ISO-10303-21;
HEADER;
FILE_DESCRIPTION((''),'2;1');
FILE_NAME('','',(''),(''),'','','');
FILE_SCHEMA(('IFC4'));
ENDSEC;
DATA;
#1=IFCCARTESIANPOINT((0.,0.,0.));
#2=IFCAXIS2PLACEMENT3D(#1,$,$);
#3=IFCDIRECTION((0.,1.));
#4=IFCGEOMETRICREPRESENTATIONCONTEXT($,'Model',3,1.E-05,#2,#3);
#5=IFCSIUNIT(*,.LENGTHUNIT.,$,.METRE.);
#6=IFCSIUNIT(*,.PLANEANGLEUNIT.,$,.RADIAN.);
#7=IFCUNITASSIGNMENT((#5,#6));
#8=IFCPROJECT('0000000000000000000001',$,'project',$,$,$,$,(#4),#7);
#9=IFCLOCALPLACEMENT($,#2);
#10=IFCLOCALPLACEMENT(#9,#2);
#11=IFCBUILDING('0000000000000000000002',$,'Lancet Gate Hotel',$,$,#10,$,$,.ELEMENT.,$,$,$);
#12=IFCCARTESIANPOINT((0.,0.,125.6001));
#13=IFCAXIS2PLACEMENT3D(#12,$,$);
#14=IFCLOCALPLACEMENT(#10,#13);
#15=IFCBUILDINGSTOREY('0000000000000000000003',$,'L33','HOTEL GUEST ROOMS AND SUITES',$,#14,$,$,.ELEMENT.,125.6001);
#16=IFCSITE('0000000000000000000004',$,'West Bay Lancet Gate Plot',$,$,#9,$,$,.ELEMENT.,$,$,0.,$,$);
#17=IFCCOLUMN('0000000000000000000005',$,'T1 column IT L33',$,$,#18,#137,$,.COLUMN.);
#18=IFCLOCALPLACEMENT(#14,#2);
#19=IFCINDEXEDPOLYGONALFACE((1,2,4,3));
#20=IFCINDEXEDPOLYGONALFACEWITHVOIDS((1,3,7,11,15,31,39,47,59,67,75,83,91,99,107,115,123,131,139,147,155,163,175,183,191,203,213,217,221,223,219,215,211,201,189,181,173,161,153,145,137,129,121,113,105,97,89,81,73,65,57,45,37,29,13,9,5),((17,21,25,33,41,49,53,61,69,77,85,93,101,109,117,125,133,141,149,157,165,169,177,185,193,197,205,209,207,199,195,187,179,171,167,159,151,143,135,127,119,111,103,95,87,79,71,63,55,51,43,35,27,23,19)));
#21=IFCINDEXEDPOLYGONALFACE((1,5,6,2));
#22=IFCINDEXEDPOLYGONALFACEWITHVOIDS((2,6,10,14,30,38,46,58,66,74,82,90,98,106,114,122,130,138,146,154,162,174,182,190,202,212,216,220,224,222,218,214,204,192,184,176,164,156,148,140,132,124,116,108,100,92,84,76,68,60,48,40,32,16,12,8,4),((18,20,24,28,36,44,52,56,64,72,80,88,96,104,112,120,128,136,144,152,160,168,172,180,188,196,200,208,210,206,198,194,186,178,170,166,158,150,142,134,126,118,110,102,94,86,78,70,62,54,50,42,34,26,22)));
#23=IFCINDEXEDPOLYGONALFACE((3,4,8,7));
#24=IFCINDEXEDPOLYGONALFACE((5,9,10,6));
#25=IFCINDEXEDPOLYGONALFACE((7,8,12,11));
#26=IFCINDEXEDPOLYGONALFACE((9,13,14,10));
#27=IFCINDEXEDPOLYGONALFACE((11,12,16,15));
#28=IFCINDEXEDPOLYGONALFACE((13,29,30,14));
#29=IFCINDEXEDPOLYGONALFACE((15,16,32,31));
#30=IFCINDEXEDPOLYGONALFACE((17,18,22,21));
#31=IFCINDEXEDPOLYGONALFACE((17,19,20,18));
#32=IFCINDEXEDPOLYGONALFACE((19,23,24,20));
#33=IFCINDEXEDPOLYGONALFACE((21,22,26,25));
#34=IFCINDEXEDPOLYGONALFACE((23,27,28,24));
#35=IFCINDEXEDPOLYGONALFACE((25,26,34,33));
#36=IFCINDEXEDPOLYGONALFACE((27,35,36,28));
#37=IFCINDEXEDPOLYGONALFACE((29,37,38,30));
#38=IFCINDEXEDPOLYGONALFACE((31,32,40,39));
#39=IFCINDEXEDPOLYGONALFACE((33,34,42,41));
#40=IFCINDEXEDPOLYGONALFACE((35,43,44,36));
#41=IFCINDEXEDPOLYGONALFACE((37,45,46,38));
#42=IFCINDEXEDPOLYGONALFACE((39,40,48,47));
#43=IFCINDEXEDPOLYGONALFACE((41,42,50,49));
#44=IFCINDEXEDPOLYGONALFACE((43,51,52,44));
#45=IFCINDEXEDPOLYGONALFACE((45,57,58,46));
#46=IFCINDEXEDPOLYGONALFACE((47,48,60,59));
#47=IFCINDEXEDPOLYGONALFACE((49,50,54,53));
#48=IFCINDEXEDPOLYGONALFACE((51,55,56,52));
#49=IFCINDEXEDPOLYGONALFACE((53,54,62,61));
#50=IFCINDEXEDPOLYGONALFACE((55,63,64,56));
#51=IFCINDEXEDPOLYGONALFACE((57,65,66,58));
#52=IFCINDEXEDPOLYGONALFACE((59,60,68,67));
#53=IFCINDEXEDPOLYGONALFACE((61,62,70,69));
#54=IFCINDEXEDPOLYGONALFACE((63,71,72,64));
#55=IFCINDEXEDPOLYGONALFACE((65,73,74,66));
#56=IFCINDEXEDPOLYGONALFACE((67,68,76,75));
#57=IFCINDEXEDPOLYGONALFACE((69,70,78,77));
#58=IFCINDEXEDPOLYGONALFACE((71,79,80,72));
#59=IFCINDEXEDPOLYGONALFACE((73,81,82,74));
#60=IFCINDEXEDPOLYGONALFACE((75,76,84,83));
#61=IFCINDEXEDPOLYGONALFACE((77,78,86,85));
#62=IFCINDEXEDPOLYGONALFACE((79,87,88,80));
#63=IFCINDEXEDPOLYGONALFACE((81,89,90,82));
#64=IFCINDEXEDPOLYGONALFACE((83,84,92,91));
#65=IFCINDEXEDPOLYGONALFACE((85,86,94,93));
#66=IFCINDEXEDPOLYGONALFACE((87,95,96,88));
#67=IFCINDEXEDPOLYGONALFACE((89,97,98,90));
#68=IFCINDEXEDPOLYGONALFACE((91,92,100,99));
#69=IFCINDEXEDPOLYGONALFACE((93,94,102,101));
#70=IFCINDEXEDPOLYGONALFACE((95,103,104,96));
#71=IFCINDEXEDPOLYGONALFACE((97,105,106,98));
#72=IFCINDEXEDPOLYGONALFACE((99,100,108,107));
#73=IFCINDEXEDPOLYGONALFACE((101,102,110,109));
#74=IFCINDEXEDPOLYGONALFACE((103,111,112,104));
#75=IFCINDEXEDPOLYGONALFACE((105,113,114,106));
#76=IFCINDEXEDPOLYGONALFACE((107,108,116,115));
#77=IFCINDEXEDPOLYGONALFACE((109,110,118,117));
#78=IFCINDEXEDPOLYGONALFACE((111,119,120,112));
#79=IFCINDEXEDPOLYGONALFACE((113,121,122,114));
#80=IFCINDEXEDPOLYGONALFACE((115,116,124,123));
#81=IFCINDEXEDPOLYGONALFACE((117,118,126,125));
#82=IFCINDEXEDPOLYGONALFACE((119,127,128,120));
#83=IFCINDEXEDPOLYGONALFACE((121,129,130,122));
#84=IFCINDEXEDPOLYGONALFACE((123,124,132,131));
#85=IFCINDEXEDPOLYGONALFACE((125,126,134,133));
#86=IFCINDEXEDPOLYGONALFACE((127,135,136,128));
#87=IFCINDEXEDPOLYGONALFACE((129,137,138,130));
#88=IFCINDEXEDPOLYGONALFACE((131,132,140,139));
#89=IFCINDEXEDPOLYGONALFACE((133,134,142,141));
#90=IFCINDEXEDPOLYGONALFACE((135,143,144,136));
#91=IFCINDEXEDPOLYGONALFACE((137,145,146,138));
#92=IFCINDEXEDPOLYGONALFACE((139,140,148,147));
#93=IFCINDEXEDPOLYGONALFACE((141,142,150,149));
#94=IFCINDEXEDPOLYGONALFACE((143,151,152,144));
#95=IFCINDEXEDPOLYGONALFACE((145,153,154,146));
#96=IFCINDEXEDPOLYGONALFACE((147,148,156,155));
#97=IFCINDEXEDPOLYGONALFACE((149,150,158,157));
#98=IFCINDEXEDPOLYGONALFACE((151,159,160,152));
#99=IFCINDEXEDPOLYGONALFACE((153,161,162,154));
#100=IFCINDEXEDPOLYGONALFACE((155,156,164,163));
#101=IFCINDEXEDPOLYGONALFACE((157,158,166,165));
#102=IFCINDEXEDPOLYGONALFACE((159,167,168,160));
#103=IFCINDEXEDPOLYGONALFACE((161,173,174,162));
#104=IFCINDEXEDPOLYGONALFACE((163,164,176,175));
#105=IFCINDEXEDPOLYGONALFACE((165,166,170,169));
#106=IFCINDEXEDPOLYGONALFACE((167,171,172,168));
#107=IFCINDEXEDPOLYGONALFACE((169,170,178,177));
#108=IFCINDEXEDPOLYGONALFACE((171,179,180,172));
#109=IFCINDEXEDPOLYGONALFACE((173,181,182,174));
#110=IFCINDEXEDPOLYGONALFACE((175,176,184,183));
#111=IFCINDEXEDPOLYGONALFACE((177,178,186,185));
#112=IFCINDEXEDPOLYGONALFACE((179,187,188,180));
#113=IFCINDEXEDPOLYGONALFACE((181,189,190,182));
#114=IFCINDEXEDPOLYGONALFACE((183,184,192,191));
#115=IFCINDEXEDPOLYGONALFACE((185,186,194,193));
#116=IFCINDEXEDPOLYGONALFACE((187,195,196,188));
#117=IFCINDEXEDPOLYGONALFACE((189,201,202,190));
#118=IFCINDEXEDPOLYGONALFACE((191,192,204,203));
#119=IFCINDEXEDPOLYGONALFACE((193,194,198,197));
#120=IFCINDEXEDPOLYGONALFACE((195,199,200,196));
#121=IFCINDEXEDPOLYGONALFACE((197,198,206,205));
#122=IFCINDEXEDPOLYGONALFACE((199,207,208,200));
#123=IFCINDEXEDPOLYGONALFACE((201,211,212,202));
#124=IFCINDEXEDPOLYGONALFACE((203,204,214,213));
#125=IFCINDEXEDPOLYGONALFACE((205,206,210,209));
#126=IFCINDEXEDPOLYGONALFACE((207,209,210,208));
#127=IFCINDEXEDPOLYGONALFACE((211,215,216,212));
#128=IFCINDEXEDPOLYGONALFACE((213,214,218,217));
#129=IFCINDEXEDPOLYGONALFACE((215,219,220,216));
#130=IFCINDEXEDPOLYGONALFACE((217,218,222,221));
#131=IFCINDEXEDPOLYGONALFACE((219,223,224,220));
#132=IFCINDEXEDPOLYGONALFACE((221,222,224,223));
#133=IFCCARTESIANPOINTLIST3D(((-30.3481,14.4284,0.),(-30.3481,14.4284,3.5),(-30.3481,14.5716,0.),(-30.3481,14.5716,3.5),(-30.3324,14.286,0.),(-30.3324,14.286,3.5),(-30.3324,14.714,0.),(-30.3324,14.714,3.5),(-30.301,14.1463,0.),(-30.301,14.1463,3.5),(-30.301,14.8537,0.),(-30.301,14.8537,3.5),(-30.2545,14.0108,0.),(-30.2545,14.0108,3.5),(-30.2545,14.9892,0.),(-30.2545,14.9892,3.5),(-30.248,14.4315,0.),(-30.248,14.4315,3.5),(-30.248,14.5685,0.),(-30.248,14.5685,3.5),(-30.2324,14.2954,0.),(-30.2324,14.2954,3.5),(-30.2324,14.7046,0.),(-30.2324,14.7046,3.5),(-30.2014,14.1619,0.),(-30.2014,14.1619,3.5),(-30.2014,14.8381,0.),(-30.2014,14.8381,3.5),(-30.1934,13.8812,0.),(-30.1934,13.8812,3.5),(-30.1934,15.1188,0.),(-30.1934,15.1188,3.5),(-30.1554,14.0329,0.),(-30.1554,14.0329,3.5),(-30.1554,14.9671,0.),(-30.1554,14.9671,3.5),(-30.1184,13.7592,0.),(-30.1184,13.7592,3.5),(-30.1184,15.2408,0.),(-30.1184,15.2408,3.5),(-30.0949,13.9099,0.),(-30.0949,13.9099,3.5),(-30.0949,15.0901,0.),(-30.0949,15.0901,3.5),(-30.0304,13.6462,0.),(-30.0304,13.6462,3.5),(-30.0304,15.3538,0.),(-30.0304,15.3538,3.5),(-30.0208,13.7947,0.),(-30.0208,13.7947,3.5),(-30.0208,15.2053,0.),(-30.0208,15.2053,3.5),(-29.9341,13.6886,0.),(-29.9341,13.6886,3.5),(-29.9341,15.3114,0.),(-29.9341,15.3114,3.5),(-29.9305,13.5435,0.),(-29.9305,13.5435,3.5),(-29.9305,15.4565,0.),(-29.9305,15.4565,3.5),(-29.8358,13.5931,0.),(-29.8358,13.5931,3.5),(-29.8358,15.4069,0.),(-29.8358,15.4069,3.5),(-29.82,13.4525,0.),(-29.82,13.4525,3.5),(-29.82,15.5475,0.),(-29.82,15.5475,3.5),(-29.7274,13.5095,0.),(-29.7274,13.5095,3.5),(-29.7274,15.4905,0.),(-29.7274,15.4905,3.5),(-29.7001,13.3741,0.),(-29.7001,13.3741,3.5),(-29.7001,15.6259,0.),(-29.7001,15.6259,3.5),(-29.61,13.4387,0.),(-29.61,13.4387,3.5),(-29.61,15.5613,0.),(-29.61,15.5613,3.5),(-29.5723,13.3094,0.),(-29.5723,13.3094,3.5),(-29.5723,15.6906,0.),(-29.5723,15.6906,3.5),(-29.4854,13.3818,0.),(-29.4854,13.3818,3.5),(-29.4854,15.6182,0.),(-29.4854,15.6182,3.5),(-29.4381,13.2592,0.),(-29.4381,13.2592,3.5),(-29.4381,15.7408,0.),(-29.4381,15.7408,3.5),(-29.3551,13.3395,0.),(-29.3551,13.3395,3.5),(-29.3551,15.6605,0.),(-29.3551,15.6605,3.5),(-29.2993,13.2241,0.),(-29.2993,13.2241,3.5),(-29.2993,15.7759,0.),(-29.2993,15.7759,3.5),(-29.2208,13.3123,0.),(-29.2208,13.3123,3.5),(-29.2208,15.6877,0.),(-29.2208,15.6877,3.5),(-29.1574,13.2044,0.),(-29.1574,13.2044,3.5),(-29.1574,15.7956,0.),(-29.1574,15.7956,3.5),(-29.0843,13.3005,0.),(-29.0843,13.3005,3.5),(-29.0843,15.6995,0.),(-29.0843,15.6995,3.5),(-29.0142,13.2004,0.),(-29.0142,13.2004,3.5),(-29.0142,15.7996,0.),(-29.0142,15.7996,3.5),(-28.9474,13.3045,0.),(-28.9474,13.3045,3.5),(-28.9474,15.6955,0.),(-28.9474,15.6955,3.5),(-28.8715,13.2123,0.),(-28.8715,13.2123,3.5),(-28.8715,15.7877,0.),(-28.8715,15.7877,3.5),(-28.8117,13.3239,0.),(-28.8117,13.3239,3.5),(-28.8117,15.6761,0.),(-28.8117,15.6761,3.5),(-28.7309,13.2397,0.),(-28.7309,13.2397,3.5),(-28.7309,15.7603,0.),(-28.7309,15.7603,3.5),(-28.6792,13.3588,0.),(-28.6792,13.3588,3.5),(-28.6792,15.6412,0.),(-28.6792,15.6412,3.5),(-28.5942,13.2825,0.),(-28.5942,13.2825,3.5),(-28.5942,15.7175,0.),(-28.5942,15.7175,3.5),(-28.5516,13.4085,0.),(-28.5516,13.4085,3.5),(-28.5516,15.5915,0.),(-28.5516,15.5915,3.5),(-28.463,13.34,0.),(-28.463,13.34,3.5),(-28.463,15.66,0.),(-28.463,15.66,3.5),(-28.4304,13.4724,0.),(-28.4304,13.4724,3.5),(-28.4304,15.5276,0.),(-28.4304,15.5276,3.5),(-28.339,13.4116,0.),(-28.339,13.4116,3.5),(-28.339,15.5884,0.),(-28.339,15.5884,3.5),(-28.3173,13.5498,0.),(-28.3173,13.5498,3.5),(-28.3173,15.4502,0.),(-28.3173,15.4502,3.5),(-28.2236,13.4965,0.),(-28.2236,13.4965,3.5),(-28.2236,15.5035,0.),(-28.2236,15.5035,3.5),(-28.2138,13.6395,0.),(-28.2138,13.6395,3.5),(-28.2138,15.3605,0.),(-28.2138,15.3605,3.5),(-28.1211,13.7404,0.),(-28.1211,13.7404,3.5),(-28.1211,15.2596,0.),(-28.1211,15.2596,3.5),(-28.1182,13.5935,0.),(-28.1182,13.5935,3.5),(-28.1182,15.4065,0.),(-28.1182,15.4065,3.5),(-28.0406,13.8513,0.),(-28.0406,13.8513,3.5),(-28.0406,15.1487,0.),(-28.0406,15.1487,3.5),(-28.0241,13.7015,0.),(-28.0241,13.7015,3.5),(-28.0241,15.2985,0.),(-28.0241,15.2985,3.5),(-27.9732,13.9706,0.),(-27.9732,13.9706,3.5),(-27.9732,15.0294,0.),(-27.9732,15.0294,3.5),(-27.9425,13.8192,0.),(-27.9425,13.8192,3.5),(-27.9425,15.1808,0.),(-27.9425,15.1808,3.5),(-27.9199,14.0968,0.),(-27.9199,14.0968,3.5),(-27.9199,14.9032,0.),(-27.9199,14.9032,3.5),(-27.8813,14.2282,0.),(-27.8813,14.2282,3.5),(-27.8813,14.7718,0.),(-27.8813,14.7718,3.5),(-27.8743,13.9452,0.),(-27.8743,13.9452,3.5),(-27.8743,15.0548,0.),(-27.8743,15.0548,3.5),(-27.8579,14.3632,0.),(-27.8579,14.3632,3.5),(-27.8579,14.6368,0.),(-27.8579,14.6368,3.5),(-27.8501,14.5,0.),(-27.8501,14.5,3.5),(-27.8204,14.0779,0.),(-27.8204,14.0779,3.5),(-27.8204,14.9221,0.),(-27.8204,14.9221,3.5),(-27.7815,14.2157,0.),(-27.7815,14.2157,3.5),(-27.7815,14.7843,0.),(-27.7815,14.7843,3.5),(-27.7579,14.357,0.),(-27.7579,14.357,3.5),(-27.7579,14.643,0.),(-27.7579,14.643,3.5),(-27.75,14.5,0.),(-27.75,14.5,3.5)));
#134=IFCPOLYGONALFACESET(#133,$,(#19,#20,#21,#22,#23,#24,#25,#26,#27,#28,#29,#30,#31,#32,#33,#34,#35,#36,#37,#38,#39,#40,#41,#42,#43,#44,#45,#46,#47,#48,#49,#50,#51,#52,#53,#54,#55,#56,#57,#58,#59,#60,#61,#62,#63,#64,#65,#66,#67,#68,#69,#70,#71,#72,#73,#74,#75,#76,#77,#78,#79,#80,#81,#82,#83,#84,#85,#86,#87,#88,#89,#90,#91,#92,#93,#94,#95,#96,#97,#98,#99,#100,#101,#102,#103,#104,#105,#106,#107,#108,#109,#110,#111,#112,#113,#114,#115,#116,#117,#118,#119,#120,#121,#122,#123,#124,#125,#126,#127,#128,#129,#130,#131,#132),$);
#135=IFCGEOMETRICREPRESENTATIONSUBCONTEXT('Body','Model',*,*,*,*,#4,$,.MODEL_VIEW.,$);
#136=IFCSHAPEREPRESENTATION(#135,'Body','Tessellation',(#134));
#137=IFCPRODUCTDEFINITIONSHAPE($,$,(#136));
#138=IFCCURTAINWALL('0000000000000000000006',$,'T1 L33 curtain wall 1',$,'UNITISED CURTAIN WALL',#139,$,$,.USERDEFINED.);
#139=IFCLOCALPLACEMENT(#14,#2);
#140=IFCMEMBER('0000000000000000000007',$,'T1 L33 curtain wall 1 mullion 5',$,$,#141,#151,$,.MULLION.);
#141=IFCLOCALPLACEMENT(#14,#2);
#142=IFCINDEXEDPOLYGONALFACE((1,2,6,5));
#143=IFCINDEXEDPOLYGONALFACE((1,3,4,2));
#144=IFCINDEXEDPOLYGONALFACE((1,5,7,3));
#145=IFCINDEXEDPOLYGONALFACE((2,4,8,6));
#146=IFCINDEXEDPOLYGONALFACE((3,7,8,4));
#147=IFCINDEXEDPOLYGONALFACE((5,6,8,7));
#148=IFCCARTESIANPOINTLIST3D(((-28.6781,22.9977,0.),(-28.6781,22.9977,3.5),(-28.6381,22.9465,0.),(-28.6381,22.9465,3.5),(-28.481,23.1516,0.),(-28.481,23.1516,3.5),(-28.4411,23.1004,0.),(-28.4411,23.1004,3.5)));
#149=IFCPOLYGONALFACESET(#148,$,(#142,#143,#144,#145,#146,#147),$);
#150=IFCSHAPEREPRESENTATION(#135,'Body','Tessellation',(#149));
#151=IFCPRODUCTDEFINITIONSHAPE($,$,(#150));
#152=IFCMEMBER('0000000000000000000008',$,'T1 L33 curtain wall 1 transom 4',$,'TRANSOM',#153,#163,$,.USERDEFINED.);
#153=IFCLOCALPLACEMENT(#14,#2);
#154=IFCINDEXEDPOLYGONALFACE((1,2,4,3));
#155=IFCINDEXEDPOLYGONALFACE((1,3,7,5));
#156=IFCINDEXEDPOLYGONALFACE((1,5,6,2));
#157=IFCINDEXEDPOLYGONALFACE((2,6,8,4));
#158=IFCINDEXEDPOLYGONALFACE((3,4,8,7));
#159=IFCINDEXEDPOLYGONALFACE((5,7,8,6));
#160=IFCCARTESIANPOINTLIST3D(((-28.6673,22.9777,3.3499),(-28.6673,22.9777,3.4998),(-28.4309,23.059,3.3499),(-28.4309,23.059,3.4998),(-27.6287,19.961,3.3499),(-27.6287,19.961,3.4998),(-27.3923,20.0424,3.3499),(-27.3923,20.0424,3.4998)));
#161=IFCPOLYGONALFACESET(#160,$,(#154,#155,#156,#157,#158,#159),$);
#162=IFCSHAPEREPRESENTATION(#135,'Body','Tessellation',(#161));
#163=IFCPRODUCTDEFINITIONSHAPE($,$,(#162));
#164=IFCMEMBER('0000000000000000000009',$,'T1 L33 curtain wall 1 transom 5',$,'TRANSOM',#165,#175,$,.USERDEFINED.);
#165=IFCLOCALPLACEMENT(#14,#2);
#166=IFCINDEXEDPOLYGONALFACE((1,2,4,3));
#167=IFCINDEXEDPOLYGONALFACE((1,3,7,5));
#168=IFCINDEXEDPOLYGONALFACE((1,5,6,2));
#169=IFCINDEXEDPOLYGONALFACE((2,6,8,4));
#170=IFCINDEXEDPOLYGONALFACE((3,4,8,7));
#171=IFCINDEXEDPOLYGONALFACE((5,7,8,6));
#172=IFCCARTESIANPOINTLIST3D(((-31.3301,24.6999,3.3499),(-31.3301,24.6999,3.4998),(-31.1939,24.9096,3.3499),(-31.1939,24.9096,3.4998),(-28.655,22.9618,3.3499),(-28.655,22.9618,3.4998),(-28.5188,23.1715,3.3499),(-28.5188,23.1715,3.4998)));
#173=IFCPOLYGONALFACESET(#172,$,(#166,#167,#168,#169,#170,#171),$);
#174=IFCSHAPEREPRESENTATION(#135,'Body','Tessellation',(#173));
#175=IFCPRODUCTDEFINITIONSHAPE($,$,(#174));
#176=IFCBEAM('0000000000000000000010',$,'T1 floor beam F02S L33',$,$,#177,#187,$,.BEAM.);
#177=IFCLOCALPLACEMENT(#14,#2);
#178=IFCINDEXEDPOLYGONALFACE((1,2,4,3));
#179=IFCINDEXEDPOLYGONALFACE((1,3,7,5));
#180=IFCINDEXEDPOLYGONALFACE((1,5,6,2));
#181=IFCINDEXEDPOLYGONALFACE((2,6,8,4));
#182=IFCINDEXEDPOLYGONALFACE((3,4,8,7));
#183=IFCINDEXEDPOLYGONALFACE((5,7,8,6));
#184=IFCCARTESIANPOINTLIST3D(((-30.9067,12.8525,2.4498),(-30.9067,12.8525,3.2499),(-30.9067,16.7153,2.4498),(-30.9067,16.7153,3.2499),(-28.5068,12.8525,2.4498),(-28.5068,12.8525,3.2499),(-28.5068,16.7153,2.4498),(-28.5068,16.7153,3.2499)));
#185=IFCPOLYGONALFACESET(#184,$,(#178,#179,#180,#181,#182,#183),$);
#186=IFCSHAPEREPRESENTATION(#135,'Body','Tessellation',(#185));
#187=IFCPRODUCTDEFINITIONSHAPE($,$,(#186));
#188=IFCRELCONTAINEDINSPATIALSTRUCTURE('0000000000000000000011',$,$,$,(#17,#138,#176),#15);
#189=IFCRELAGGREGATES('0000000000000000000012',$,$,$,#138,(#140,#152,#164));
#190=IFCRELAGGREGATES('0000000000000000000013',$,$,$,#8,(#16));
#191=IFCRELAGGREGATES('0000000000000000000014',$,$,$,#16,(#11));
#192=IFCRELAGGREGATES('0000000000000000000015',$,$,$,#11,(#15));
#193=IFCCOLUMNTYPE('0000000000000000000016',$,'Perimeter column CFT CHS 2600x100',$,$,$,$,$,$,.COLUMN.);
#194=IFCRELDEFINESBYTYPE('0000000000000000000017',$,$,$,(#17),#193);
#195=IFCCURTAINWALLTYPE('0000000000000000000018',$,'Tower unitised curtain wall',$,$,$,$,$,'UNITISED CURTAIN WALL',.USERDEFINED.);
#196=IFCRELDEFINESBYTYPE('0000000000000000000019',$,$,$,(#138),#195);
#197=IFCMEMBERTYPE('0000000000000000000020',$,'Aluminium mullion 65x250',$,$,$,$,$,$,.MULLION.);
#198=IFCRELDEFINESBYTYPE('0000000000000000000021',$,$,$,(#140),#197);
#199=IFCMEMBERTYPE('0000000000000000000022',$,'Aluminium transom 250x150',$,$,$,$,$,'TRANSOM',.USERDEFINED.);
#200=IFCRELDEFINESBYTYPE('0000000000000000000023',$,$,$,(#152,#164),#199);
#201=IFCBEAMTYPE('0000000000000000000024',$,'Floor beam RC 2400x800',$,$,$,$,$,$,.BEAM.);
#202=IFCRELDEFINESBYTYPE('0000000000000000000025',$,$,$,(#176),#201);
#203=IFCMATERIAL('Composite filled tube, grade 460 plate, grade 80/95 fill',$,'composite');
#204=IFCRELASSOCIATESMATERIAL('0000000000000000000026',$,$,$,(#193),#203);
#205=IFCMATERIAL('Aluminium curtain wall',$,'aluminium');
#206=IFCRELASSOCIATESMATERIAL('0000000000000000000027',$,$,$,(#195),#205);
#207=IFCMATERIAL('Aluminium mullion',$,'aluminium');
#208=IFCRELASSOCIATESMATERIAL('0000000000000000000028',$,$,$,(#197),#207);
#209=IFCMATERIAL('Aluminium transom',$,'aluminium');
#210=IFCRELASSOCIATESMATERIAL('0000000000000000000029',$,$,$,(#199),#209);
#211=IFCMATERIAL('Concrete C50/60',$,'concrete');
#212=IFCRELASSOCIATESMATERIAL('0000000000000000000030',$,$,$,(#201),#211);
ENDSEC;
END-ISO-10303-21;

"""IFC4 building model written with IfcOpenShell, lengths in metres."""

from ifc_helpers import new_model, si_unit, direction, frame, origin, origin_2d, place, context, subcontext, project, spatial, rectangle, hollow_circle, extrude, material, material_profile, profile_set, type_object, element, aggregate, save


model = new_model("IFC4")

# Units and contexts
model_context = context("Model", 3, precision=1e-05, world=origin(), true_north=direction((0.0, 1.0)))
body_context = subcontext(model_context, "Body", "Model", "MODEL_VIEW")
ifc_project = project(units=[si_unit("LENGTHUNIT", "METRE"), si_unit("PLANEANGLEUNIT", "RADIAN")], contexts=[model_context])

# Site, building, storey
site_placement = place(None, origin())
site = spatial("IfcSite", under=ifc_project, at=site_placement, Name="West Bay Lancet Gate Plot", CompositionType="ELEMENT", RefElevation=0.0)
building_placement = place(site_placement, origin())
building = spatial("IfcBuilding", under=site, at=building_placement, Name="Lancet Gate Hotel", CompositionType="ELEMENT")
storey_placement = place(building_placement, frame((0.0, 0.0, 125.6001)))
storey = spatial("IfcBuildingStorey", under=building, at=storey_placement, Name="L33", Description="HOTEL GUEST ROOMS AND SUITES", CompositionType="ELEMENT", Elevation=125.6001)

# Column
ifc_material_1 = material(Name="Composite filled tube, grade 460 plate, grade 80/95 fill", Category="composite")
ifc_material_profile_1 = material_profile(ifc_material_1, hollow_circle(Radius=1.3, WallThickness=0.1001, at=origin_2d()), Name="CHS 2600x100")
ifc_profile_set_1 = profile_set([ifc_material_profile_1], Name="Composite filled tube, grade 460 plate, grade 80/95 fill")
column_type = type_object("IfcColumnType", Name="Perimeter column CFT CHS 2600x100", PredefinedType="COLUMN", material=ifc_profile_set_1)
for number, where, z_axis, x_axis, name in (
    (1, (-29.05, 14.5, 0.0), (0.0, 0.0, 1.0), (1.0, 0.0, 0.0), "T1 column IT L33"),
):
    element("IfcColumn", number, at=place(storey_placement, frame(where, z_axis=z_axis, x_axis=x_axis)), inside=storey, type_object=column_type, Name=name, PredefinedType="COLUMN", context=body_context, shape_type="SweptSolid", body=[
        extrude(hollow_circle(Radius=1.3, WallThickness=0.1001, at=origin_2d()), origin(), (0.0, 0.0, 1.0), 3.5),
    ])

# Curtain wall, members
ifc_material_2 = material(Name="Aluminium curtain wall", Category="aluminium")
curtain_wall_type = type_object("IfcCurtainWallType", Name="Tower unitised curtain wall", ElementType="UNITISED CURTAIN WALL", PredefinedType="USERDEFINED", material=ifc_material_2)
curtain_wall_placement = place(storey_placement, origin())
curtain_wall = element("IfcCurtainWall", 2, at=curtain_wall_placement, inside=storey, type_object=curtain_wall_type, Name="T1 L33 curtain wall 1", ObjectType="UNITISED CURTAIN WALL", PredefinedType="USERDEFINED")
ifc_material_3 = material(Name="Aluminium mullion", Category="aluminium")
ifc_material_profile_2 = material_profile(ifc_material_3, rectangle(XDim=0.0649, YDim=0.25, at=origin_2d()), Name="MULLION 65x250")
ifc_profile_set_2 = profile_set([ifc_material_profile_2], Name="Aluminium mullion")
member_type_1 = type_object("IfcMemberType", Name="Aluminium mullion 65x250", PredefinedType="MULLION", material=ifc_profile_set_2)
member_1_placement = place(storey_placement, frame((-28.5596, 23.0491, 0.0), z_axis=(0.0, 0.0, 1.0), x_axis=(-0.615574, 0.788079, 0.0)))
member_1 = element("IfcMember", 3, at=member_1_placement, type_object=member_type_1, Name="T1 L33 curtain wall 1 mullion 5", PredefinedType="MULLION", context=body_context, shape_type="SweptSolid", body=[
    extrude(rectangle(XDim=0.0649, YDim=0.25, at=origin_2d()), origin(), (0.0, 0.0, 1.0), 3.5),
])
ifc_material_4 = material(Name="Aluminium transom", Category="aluminium")
ifc_material_profile_3 = material_profile(ifc_material_4, rectangle(XDim=0.25, YDim=0.1499, at=origin_2d()), Name="TRANSOM 250x150")
ifc_profile_set_3 = profile_set([ifc_material_profile_3], Name="Aluminium transom")
member_type_2 = type_object("IfcMemberType", Name="Aluminium transom 250x150", ElementType="TRANSOM", PredefinedType="USERDEFINED", material=ifc_profile_set_3)
member_2_placement = place(storey_placement, frame((-27.5105, 20.0017, 3.4248), z_axis=(-0.325533, 0.945531, 0.0), x_axis=(-0.945531, -0.325533, 0.0)))
member_2 = element("IfcMember", 4, at=member_2_placement, type_object=member_type_2, Name="T1 L33 curtain wall 1 transom 4", ObjectType="TRANSOM", PredefinedType="USERDEFINED", context=body_context, shape_type="SweptSolid", body=[
    extrude(rectangle(XDim=0.25, YDim=0.1499, at=origin_2d()), origin(), (0.0, 0.0, 1.0), 3.1904),
])
member_3_placement = place(storey_placement, frame((-28.5869, 23.0667, 3.4248), z_axis=(-0.83855, 0.544824, 0.0), x_axis=(-0.544824, -0.83855, 0.0)))
member_3 = element("IfcMember", 5, at=member_3_placement, type_object=member_type_2, Name="T1 L33 curtain wall 1 transom 5", ObjectType="TRANSOM", PredefinedType="USERDEFINED", context=body_context, shape_type="SweptSolid", body=[
    extrude(rectangle(XDim=0.25, YDim=0.1499, at=origin_2d()), origin(), (0.0, 0.0, 1.0), 3.1902),
])

# Beam
ifc_material_5 = material(Name="Concrete C50/60", Category="concrete")
ifc_material_profile_4 = material_profile(ifc_material_5, rectangle(XDim=2.3999, YDim=0.8, at=origin_2d()), Name="RC 2400x800")
ifc_profile_set_4 = profile_set([ifc_material_profile_4], Name="Concrete C50/60")
beam_type_1 = type_object("IfcBeamType", Name="Floor beam RC 2400x800", PredefinedType="BEAM", material=ifc_profile_set_4)
beam_1_placement = place(storey_placement, frame((-29.7068, 16.7153, 2.8499), z_axis=(0.0, -1.0, 0.0), x_axis=(1.0, 0.0, 0.0)))
element("IfcBeam", 6, at=beam_1_placement, inside=storey, type_object=beam_type_1, Name="T1 floor beam F02S L33", PredefinedType="BEAM", context=body_context, shape_type="SweptSolid", body=[
    extrude(rectangle(XDim=2.3999, YDim=0.8, at=origin_2d()), origin(), (0.0, 0.0, 1.0), 3.8628),
])

aggregate(curtain_wall, [member_1, member_2, member_3])

save(model, "model.ifc")
